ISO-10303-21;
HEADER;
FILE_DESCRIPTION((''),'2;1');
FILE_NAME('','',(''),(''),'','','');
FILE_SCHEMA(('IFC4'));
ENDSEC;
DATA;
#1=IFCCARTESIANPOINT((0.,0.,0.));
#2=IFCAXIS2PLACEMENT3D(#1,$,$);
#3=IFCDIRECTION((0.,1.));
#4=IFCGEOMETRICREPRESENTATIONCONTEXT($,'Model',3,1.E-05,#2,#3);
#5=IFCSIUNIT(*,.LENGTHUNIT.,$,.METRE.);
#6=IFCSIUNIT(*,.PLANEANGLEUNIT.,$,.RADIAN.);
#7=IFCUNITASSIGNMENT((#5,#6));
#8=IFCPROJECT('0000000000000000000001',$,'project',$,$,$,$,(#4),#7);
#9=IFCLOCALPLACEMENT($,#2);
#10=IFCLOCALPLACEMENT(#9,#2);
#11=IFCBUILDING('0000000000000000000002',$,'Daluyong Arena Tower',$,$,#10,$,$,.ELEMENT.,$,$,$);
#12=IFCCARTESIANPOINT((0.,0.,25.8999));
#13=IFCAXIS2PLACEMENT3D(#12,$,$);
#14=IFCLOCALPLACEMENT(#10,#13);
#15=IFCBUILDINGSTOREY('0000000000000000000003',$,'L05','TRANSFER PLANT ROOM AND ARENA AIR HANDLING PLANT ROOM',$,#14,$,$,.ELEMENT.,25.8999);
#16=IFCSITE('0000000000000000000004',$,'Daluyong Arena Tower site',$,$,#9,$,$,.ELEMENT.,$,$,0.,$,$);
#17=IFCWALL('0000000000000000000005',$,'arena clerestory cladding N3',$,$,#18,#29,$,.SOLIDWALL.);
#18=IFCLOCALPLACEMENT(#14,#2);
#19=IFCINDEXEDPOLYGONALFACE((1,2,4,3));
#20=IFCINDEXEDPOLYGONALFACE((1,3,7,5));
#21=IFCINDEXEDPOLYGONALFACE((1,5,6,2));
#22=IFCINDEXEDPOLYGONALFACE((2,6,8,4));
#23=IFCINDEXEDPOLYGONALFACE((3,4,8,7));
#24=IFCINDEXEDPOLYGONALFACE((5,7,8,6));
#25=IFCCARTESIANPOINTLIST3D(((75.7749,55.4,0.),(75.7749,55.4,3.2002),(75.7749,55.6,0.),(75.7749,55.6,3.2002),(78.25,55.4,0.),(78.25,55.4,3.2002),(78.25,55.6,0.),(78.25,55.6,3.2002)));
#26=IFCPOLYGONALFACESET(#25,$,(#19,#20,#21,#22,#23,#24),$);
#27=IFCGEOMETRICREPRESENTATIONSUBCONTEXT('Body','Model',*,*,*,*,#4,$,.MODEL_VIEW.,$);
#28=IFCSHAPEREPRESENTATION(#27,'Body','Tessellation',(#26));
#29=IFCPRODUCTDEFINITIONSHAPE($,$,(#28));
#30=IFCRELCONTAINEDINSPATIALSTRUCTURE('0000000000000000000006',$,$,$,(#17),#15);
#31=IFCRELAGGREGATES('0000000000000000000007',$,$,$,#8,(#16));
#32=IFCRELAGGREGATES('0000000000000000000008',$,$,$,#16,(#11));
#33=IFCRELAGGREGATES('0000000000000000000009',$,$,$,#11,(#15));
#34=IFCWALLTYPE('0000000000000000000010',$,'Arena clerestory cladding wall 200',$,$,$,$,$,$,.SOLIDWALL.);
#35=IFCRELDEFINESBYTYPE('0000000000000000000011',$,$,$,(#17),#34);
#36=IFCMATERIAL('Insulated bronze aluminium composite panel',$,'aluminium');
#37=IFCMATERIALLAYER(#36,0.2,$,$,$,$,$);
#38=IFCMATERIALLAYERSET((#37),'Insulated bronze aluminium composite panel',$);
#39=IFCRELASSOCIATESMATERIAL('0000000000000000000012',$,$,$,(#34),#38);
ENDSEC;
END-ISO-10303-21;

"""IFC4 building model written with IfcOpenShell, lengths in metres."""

from ifc_helpers import new_model, si_unit, direction, frame, frame_2d, origin, place, context, subcontext, project, spatial, rectangle, extrude, material, layer, layer_set, type_object, element, save


model = new_model("IFC4")

# Units and contexts
model_context = context("Model", 3, precision=1e-05, world=origin(), true_north=direction((0.0, 1.0)))
body_context = subcontext(model_context, "Body", "Model", "MODEL_VIEW")
ifc_project = project(units=[si_unit("LENGTHUNIT", "METRE"), si_unit("PLANEANGLEUNIT", "RADIAN")], contexts=[model_context])

# Site, building, storey
site_placement = place(None, origin())
site = spatial("IfcSite", under=ifc_project, at=site_placement, Name="Daluyong Arena Tower site", CompositionType="ELEMENT", RefElevation=0.0)
building_placement = place(site_placement, origin())
building = spatial("IfcBuilding", under=site, at=building_placement, Name="Daluyong Arena Tower", CompositionType="ELEMENT")
storey_placement = place(building_placement, frame((0.0, 0.0, 25.8999)))
storey = spatial("IfcBuildingStorey", under=building, at=storey_placement, Name="L05", Description="TRANSFER PLANT ROOM AND ARENA AIR HANDLING PLANT ROOM", CompositionType="ELEMENT", Elevation=25.8999)

# Wall
ifc_material_1 = material(Name="Insulated bronze aluminium composite panel", Category="aluminium")
ifc_layer = layer(ifc_material_1, 0.2)
ifc_layer_set = layer_set([ifc_layer], Name="Insulated bronze aluminium composite panel")
wall_type = type_object("IfcWallType", Name="Arena clerestory cladding wall 200", PredefinedType="SOLIDWALL", material=ifc_layer_set)
wall_placement = place(storey_placement, frame((78.25, 55.5, 0.0), z_axis=(0.0, 0.0, 1.0), x_axis=(-1.0, 0.0, 0.0)))
element("IfcWall", 1, at=wall_placement, inside=storey, type_object=wall_type, Name="arena clerestory cladding N3", PredefinedType="SOLIDWALL", context=body_context, shape_type="SweptSolid", body=[
    extrude(rectangle(XDim=2.4751, YDim=0.2, at=frame_2d((1.2375, 0.0))), origin(), (0.0, 0.0, 1.0), 3.2002),
])

save(model, "model.ifc")
